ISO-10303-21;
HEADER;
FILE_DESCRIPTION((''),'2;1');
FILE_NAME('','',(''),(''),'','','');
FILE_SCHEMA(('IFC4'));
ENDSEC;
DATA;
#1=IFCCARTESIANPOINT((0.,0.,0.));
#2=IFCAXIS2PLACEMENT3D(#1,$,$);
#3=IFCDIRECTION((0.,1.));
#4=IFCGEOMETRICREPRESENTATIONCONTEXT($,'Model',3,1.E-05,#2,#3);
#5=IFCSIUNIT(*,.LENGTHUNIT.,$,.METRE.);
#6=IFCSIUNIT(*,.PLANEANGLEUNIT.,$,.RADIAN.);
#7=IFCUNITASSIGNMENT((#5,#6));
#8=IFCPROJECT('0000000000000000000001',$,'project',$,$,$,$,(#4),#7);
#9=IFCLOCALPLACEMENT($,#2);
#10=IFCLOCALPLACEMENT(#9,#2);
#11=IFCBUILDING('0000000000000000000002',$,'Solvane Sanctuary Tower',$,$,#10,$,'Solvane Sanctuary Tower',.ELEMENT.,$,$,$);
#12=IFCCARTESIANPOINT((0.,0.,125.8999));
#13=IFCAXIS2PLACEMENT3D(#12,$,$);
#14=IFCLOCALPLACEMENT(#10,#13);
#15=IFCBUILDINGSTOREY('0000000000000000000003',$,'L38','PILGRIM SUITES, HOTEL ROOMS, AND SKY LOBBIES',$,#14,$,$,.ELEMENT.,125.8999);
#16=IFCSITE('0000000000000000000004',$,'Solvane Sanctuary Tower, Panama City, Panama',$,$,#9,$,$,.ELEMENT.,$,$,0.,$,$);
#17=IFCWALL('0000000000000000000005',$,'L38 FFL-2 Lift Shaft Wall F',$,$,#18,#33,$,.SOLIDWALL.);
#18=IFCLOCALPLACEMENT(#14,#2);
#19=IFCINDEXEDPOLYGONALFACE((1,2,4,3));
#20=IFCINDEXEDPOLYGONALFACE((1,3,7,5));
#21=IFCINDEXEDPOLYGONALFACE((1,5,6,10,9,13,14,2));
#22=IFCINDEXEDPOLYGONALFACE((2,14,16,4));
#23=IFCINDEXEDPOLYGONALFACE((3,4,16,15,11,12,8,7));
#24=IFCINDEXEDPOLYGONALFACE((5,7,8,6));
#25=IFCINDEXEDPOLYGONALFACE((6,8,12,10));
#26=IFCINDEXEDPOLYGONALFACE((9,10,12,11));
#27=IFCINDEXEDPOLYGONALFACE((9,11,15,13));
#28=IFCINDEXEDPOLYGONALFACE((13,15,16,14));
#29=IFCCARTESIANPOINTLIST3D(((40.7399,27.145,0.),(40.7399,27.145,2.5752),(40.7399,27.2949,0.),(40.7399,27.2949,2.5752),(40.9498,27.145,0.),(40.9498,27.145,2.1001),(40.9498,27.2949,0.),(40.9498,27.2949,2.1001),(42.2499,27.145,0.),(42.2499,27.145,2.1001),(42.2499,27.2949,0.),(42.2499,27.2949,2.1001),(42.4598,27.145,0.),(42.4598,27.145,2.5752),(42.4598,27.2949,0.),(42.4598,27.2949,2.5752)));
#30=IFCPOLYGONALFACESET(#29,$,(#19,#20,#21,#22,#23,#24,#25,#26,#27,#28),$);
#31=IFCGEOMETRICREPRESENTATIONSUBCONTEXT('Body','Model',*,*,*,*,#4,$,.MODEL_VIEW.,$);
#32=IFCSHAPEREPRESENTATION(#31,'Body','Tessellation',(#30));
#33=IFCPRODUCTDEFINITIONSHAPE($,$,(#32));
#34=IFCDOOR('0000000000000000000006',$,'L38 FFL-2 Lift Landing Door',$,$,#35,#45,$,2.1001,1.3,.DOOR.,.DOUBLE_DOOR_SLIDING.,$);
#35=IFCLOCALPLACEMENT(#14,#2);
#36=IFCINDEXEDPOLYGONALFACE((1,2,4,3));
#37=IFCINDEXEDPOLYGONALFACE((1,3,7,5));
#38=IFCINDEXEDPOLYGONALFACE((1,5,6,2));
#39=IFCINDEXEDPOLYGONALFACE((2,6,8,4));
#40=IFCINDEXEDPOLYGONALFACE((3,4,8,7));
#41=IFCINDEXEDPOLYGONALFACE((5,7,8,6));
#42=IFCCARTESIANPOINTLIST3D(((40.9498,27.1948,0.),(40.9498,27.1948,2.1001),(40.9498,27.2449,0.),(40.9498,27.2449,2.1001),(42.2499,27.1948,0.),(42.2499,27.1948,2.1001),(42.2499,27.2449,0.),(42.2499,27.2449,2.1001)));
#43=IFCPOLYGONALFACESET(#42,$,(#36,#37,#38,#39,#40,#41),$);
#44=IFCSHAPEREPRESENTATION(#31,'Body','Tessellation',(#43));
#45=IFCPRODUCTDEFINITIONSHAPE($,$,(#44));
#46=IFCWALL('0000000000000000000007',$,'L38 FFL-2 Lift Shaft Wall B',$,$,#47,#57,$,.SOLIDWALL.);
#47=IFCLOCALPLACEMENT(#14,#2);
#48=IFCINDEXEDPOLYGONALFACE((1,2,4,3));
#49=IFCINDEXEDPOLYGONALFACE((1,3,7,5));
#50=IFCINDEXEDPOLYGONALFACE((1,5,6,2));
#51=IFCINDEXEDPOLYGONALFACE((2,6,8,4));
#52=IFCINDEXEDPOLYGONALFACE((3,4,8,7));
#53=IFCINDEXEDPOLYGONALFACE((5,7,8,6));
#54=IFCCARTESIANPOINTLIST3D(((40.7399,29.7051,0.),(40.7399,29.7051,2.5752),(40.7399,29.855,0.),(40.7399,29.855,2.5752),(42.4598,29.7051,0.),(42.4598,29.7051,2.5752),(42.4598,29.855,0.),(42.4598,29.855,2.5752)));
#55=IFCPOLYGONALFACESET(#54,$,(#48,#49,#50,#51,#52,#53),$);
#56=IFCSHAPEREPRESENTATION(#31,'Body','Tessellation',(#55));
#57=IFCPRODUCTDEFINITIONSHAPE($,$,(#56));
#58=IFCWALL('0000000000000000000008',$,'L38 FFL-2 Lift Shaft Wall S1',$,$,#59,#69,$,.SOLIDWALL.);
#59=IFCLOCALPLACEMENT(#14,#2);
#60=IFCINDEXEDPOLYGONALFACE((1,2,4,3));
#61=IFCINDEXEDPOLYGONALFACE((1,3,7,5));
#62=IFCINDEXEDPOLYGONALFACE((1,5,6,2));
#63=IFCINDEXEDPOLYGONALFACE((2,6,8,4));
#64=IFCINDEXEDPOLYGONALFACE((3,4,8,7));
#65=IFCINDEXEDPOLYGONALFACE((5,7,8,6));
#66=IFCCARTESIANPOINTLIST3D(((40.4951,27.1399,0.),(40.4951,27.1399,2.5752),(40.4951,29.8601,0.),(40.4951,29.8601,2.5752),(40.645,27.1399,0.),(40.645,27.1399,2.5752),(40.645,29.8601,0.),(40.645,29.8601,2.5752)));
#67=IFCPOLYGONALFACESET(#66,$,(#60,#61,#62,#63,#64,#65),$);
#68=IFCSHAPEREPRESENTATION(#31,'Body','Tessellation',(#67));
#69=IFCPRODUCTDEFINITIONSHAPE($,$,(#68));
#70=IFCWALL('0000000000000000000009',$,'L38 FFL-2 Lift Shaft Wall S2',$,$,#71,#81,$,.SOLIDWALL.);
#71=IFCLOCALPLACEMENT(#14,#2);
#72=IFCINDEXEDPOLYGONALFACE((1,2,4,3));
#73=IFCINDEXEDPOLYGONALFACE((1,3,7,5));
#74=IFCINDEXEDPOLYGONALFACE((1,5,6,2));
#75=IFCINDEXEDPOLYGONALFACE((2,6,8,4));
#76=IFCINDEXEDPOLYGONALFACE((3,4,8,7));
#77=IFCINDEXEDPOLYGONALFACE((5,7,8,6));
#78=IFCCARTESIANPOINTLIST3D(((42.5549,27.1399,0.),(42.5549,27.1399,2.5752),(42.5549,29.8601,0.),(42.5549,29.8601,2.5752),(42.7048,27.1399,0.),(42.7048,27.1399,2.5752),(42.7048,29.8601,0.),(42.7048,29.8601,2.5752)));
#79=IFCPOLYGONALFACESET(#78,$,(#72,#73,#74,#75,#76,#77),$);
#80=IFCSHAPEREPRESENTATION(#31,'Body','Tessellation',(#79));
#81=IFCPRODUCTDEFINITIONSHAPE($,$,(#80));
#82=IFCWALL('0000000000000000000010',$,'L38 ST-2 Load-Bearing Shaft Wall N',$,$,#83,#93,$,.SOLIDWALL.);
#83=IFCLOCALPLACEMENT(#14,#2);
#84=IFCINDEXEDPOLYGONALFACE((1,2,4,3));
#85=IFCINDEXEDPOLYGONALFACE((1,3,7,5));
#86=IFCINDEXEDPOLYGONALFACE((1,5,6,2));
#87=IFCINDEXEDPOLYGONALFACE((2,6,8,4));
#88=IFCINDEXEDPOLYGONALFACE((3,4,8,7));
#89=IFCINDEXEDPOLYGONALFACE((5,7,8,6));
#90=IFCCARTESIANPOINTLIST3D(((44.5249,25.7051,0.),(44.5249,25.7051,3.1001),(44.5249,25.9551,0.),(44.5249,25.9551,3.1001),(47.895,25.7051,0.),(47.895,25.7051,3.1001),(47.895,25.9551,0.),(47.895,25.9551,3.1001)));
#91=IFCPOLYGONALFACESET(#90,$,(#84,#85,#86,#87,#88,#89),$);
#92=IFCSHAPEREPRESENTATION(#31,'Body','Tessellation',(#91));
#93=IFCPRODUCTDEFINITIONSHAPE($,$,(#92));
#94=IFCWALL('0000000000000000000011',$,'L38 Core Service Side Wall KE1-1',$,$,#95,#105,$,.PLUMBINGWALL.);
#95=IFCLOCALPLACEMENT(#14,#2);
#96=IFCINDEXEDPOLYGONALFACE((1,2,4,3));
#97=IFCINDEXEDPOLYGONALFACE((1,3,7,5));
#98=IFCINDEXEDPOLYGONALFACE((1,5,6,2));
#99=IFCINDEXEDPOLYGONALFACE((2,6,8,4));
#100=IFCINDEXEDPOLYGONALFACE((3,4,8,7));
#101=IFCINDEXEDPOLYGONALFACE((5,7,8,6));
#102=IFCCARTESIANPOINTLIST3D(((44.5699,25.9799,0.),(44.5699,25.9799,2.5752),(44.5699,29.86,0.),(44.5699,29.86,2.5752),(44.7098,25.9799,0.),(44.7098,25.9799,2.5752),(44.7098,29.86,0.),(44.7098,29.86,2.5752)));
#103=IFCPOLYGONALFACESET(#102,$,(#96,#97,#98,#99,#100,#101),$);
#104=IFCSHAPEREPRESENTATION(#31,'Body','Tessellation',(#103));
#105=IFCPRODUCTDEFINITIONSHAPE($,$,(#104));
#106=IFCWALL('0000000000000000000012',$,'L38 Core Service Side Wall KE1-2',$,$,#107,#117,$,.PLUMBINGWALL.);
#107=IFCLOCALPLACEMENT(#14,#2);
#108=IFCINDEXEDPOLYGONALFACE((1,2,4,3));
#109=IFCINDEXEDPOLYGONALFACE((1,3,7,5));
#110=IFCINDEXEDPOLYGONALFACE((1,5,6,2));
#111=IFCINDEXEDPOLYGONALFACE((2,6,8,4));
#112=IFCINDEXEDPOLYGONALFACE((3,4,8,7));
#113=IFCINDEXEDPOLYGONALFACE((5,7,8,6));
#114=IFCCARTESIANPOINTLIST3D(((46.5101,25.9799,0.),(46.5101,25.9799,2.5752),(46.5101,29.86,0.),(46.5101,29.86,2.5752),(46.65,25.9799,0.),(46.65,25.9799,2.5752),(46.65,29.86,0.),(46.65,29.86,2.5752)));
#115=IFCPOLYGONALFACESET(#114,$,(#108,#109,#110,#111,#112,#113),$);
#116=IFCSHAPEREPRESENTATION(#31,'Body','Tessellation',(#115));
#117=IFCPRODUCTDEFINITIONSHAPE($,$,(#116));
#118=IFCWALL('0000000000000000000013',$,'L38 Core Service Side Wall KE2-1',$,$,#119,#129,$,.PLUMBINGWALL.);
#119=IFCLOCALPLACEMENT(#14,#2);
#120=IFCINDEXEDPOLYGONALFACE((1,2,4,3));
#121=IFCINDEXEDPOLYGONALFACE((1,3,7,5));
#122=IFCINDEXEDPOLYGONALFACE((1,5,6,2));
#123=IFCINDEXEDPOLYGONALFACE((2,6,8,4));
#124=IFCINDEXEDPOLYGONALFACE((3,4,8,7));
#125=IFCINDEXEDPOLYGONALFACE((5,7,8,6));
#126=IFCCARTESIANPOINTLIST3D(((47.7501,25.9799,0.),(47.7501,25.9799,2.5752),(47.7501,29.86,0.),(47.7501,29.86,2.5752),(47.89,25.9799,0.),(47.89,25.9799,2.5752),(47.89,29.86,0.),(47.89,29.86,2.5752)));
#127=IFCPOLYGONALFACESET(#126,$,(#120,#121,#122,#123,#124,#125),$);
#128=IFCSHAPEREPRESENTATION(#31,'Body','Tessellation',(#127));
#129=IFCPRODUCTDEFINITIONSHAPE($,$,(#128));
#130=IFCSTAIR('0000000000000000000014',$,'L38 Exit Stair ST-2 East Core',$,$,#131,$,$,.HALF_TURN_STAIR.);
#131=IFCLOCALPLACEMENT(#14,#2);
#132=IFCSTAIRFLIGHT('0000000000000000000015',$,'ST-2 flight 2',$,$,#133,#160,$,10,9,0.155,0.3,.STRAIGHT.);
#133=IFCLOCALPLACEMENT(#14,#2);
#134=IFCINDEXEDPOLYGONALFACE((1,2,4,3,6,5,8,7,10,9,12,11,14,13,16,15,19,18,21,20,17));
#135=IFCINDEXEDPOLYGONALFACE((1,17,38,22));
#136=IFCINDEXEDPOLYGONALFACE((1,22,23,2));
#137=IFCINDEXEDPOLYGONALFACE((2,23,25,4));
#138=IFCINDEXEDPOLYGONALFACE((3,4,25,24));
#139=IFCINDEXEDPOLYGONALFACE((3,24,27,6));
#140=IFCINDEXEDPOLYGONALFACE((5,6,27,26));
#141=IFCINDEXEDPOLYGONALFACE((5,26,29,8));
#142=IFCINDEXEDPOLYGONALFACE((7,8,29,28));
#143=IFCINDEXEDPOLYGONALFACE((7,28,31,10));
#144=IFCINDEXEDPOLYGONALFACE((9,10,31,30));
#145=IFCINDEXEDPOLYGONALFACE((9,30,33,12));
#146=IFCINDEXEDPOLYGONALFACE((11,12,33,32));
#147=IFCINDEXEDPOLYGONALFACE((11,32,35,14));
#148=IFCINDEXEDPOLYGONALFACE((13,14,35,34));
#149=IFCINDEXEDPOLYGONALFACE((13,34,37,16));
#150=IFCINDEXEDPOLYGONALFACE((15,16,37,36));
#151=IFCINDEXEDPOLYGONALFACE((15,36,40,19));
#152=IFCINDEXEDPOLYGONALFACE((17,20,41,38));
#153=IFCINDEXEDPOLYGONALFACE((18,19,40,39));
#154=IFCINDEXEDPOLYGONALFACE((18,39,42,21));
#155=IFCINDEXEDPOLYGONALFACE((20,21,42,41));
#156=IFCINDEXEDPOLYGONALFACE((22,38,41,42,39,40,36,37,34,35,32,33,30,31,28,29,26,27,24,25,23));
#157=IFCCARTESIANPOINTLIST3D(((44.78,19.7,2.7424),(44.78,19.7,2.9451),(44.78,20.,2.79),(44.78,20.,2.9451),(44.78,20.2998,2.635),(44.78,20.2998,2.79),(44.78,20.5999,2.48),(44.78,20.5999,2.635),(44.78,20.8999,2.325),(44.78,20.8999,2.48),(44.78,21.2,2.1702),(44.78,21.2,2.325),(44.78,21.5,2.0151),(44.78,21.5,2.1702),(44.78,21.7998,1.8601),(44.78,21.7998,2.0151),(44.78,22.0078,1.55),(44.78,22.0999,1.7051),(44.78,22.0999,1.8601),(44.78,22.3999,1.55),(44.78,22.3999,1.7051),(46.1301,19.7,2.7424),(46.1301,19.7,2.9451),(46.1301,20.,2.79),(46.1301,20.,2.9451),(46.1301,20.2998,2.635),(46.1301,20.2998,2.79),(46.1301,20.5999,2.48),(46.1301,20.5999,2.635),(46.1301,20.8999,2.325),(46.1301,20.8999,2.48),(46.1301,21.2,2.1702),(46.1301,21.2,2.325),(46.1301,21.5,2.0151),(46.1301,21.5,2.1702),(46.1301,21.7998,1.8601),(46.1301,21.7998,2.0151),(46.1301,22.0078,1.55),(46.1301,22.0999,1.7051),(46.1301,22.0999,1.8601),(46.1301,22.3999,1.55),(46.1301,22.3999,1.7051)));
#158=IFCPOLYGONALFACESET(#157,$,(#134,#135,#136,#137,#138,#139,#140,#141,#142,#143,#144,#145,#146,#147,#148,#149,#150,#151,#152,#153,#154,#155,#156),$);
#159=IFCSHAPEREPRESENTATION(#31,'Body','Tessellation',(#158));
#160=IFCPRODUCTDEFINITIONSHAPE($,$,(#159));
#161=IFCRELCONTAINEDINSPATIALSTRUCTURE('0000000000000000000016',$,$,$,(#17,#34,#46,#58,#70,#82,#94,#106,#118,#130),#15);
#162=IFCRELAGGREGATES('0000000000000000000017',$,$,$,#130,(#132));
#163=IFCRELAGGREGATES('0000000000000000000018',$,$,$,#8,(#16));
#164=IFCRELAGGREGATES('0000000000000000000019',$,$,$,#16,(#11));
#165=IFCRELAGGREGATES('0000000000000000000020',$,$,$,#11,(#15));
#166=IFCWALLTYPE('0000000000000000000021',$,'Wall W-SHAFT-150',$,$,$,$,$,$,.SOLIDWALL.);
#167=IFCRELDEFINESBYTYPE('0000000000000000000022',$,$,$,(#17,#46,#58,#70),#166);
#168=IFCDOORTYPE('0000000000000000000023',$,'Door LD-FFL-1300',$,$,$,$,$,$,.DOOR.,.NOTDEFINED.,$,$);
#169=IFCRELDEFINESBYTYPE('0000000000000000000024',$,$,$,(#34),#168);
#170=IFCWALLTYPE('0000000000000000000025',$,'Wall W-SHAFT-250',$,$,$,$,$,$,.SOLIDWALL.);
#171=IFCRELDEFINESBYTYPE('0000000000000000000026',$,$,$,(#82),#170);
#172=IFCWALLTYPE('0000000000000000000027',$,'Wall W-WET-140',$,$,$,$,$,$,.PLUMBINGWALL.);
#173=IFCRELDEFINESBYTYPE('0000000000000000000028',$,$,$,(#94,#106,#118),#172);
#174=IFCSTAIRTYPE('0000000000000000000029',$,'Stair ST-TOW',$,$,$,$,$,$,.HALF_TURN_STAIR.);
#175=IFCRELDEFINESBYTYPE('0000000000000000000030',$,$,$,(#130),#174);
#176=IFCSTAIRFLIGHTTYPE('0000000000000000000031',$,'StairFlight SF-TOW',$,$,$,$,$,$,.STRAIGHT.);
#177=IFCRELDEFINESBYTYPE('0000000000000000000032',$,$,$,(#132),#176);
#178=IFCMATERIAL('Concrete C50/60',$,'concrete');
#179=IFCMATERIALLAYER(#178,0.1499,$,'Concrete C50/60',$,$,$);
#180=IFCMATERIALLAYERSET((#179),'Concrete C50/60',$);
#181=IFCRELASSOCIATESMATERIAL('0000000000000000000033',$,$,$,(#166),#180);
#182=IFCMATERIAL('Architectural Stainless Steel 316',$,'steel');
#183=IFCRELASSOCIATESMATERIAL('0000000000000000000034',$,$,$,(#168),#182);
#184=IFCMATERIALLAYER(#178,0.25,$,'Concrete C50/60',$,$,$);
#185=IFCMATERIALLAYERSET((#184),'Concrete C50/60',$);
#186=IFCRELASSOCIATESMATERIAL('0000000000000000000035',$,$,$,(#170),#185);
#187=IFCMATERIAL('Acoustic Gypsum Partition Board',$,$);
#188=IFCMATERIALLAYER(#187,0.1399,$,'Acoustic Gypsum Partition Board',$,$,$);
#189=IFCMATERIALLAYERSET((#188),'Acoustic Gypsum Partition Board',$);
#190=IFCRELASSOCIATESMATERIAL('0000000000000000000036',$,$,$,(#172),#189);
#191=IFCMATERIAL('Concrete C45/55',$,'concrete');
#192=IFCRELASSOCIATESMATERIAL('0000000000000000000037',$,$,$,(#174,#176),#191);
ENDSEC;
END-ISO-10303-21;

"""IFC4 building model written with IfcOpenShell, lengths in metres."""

from ifc_helpers import new_model, si_unit, direction, frame, frame_2d, origin, place, context, subcontext, project, spatial, polyline, rectangle, outline, extrude, material, layer, layer_set, type_object, element, fill, aggregate, save


model = new_model("IFC4")

# Units and contexts
model_context = context("Model", 3, precision=1e-05, world=origin(), true_north=direction((0.0, 1.0)))
body_context = subcontext(model_context, "Body", "Model", "MODEL_VIEW")
ifc_project = project(units=[si_unit("LENGTHUNIT", "METRE"), si_unit("PLANEANGLEUNIT", "RADIAN")], contexts=[model_context])

# Site, building, storey
site_placement = place(None, origin())
site = spatial("IfcSite", under=ifc_project, at=site_placement, Name="Solvane Sanctuary Tower, Panama City, Panama", CompositionType="ELEMENT", RefElevation=0.0)
building_placement = place(site_placement, origin())
building = spatial("IfcBuilding", under=site, at=building_placement, Name="Solvane Sanctuary Tower", LongName="Solvane Sanctuary Tower", CompositionType="ELEMENT")
storey_placement = place(building_placement, frame((0.0, 0.0, 125.8999)))
storey = spatial("IfcBuildingStorey", under=building, at=storey_placement, Name="L38", Description="PILGRIM SUITES, HOTEL ROOMS, AND SKY LOBBIES", CompositionType="ELEMENT", Elevation=125.8999)

# Shared definitions
ifc_material_1 = material(Name="Acoustic Gypsum Partition Board")

# Shared definitions
ifc_material_2 = material(Name="Concrete C50/60", Category="concrete")
ifc_layer_1 = layer(ifc_material_2, 0.1499, Name="Concrete C50/60")
ifc_layer_set_1 = layer_set([ifc_layer_1], Name="Concrete C50/60")
wall_type_1 = type_object("IfcWallType", Name="Wall W-SHAFT-150", PredefinedType="SOLIDWALL", material=ifc_layer_set_1)

# Wall, opening, door
wall_1_placement = place(storey_placement, frame((40.74, 27.22, 0.0), z_axis=(0.0, 0.0, 1.0), x_axis=(1.0, 0.0, 0.0)))
wall_1 = element("IfcWall", 1, at=wall_1_placement, inside=storey, type_object=wall_type_1, Name="L38 FFL-2 Lift Shaft Wall F", PredefinedType="SOLIDWALL", context=body_context, shape_type="SweptSolid", body=[
    extrude(rectangle(XDim=1.72, YDim=0.1499, at=frame_2d((0.8599, 0.0))), origin(), (0.0, 0.0, 1.0), 2.5752),
])
opening_1_placement = place(wall_1_placement, frame((0.21, 0.0, 0.0)))
opening_1 = element("IfcOpeningElement", 2, at=opening_1_placement, cuts=wall_1, PredefinedType="OPENING", context=body_context, shape_type="SweptSolid", body=[
    extrude(rectangle(XDim=1.3, YDim=2.1001, at=frame_2d((0.6499, 1.05))), frame((0.0, 0.085, 0.0), z_axis=(0.0, -1.0, 0.0), x_axis=(1.0, 0.0, 0.0)), (0.0, 0.0, 1.0), 0.1699),
])
ifc_material_3 = material(Name="Architectural Stainless Steel 316", Category="steel")
door_type_1 = type_object("IfcDoorType", Name="Door LD-FFL-1300", OperationType="NOTDEFINED", PredefinedType="DOOR", material=ifc_material_3)
door_1_placement = place(opening_1_placement, origin())
door_1 = element("IfcDoor", 3, at=door_1_placement, inside=storey, type_object=door_type_1, Name="L38 FFL-2 Lift Landing Door", OperationType="DOUBLE_DOOR_SLIDING", OverallHeight=2.1001, OverallWidth=1.3, PredefinedType="DOOR", context=body_context, shape_type="SweptSolid", body=[
    extrude(rectangle(XDim=1.3, YDim=2.1001, at=frame_2d((0.6499, 1.05))), frame((0.0, 0.0249, 0.0), z_axis=(0.0, -1.0, 0.0), x_axis=(1.0, 0.0, 0.0)), (0.0, 0.0, 1.0), 0.05),
])
fill(opening_1, door_1)

# Walls
wall_2_placement = place(storey_placement, frame((40.74, 29.78, 0.0), z_axis=(0.0, 0.0, 1.0), x_axis=(1.0, 0.0, 0.0)))
element("IfcWall", 4, at=wall_2_placement, inside=storey, type_object=wall_type_1, Name="L38 FFL-2 Lift Shaft Wall B", PredefinedType="SOLIDWALL", context=body_context, shape_type="SweptSolid", body=[
    extrude(rectangle(XDim=1.72, YDim=0.1499, at=frame_2d((0.8599, 0.0))), origin(), (0.0, 0.0, 1.0), 2.5752),
])
for number, where, z_axis, x_axis, name in (
    (5, (40.5701, 27.1399, 0.0), (0.0, 0.0, 1.0), (0.0, 1.0, 0.0), "L38 FFL-2 Lift Shaft Wall S1"),
    (6, (42.6299, 27.1399, 0.0), (0.0, 0.0, 1.0), (0.0, 1.0, 0.0), "L38 FFL-2 Lift Shaft Wall S2"),
):
    element("IfcWall", number, at=place(storey_placement, frame(where, z_axis=z_axis, x_axis=x_axis)), inside=storey, type_object=wall_type_1, Name=name, PredefinedType="SOLIDWALL", context=body_context, shape_type="SweptSolid", body=[
        extrude(rectangle(XDim=2.7202, YDim=0.1499, at=frame_2d((1.3601, 0.0))), origin(), (0.0, 0.0, 1.0), 2.5752),
    ])
ifc_layer_2 = layer(ifc_material_2, 0.25, Name="Concrete C50/60")
ifc_layer_set_2 = layer_set([ifc_layer_2], Name="Concrete C50/60")
wall_type_2 = type_object("IfcWallType", Name="Wall W-SHAFT-250", PredefinedType="SOLIDWALL", material=ifc_layer_set_2)
wall_3_placement = place(storey_placement, frame((44.5249, 25.8301, 0.0), z_axis=(0.0, 0.0, 1.0), x_axis=(1.0, 0.0, 0.0)))
element("IfcWall", 7, at=wall_3_placement, inside=storey, type_object=wall_type_2, Name="L38 ST-2 Load-Bearing Shaft Wall N", PredefinedType="SOLIDWALL", context=body_context, shape_type="SweptSolid", body=[
    extrude(rectangle(XDim=3.3701, YDim=0.25, at=frame_2d((1.6851, 0.0))), origin(), (0.0, 0.0, 1.0), 3.1001),
])
ifc_layer_3 = layer(ifc_material_1, 0.1399, Name="Acoustic Gypsum Partition Board")
ifc_layer_set_3 = layer_set([ifc_layer_3], Name="Acoustic Gypsum Partition Board")
wall_type_3 = type_object("IfcWallType", Name="Wall W-WET-140", PredefinedType="PLUMBINGWALL", material=ifc_layer_set_3)
for number, where, z_axis, x_axis, name in (
    (8, (44.6399, 25.98, 0.0), (0.0, 0.0, 1.0), (0.0, 1.0, 0.0), "L38 Core Service Side Wall KE1-1"),
    (9, (46.5801, 25.98, 0.0), (0.0, 0.0, 1.0), (0.0, 1.0, 0.0), "L38 Core Service Side Wall KE1-2"),
    (10, (47.8201, 25.98, 0.0), (0.0, 0.0, 1.0), (0.0, 1.0, 0.0), "L38 Core Service Side Wall KE2-1"),
):
    element("IfcWall", number, at=place(storey_placement, frame(where, z_axis=z_axis, x_axis=x_axis)), inside=storey, type_object=wall_type_3, Name=name, PredefinedType="PLUMBINGWALL", context=body_context, shape_type="SweptSolid", body=[
        extrude(rectangle(XDim=3.8801, YDim=0.1399, at=frame_2d((1.9399, 0.0))), origin(), (0.0, 0.0, 1.0), 2.5752),
    ])

# Stair, stair flight
ifc_material_4 = material(Name="Concrete C45/55", Category="concrete")
stair_type = type_object("IfcStairType", Name="Stair ST-TOW", PredefinedType="HALF_TURN_STAIR", material=ifc_material_4)
stair_placement = place(storey_placement, origin())
stair = element("IfcStair", 11, at=stair_placement, inside=storey, type_object=stair_type, Name="L38 Exit Stair ST-2 East Core", PredefinedType="HALF_TURN_STAIR")
stair_flight_type = type_object("IfcStairFlightType", Name="StairFlight SF-TOW", PredefinedType="STRAIGHT", material=ifc_material_4)
stair_flight_placement = place(storey_placement, frame((45.4551, 22.3999, 1.55), z_axis=(0.0, 0.0, 1.0), x_axis=(0.0, -1.0, 0.0)))
stair_flight = element("IfcStairFlight", 12, at=stair_flight_placement, type_object=stair_flight_type, Name="ST-2 flight 2", NumberOfRisers=10, NumberOfTreads=9, PredefinedType="STRAIGHT", RiserHeight=0.155, TreadLength=0.3, context=body_context, shape_type="SweptSolid", body=[
    extrude(outline(polyline([(0.0, 0.0), (0.0, 0.155), (0.3, 0.155), (0.3, 0.3101), (0.6001, 0.3101), (0.6001, 0.4651), (0.8999, 0.4651), (0.8999, 0.6201), (1.2, 0.6201), (1.2, 0.7749), (1.5, 0.7749), (1.5, 0.9299), (1.8, 0.9299), (1.8, 1.085), (2.1001, 1.085), (2.1001, 1.24), (2.3999, 1.24), (2.3999, 1.395), (2.7, 1.395), (2.7, 1.55), (2.7, 1.1924), (0.3921, 0.0), (0.0, 0.0)])), frame((0.0, 0.675, 0.0), z_axis=(0.0, -1.0, 0.0), x_axis=(1.0, 0.0, 0.0)), (0.0, 0.0, 1.0), 1.3501),
])
aggregate(stair, [stair_flight])

save(model, "model.ifc")
